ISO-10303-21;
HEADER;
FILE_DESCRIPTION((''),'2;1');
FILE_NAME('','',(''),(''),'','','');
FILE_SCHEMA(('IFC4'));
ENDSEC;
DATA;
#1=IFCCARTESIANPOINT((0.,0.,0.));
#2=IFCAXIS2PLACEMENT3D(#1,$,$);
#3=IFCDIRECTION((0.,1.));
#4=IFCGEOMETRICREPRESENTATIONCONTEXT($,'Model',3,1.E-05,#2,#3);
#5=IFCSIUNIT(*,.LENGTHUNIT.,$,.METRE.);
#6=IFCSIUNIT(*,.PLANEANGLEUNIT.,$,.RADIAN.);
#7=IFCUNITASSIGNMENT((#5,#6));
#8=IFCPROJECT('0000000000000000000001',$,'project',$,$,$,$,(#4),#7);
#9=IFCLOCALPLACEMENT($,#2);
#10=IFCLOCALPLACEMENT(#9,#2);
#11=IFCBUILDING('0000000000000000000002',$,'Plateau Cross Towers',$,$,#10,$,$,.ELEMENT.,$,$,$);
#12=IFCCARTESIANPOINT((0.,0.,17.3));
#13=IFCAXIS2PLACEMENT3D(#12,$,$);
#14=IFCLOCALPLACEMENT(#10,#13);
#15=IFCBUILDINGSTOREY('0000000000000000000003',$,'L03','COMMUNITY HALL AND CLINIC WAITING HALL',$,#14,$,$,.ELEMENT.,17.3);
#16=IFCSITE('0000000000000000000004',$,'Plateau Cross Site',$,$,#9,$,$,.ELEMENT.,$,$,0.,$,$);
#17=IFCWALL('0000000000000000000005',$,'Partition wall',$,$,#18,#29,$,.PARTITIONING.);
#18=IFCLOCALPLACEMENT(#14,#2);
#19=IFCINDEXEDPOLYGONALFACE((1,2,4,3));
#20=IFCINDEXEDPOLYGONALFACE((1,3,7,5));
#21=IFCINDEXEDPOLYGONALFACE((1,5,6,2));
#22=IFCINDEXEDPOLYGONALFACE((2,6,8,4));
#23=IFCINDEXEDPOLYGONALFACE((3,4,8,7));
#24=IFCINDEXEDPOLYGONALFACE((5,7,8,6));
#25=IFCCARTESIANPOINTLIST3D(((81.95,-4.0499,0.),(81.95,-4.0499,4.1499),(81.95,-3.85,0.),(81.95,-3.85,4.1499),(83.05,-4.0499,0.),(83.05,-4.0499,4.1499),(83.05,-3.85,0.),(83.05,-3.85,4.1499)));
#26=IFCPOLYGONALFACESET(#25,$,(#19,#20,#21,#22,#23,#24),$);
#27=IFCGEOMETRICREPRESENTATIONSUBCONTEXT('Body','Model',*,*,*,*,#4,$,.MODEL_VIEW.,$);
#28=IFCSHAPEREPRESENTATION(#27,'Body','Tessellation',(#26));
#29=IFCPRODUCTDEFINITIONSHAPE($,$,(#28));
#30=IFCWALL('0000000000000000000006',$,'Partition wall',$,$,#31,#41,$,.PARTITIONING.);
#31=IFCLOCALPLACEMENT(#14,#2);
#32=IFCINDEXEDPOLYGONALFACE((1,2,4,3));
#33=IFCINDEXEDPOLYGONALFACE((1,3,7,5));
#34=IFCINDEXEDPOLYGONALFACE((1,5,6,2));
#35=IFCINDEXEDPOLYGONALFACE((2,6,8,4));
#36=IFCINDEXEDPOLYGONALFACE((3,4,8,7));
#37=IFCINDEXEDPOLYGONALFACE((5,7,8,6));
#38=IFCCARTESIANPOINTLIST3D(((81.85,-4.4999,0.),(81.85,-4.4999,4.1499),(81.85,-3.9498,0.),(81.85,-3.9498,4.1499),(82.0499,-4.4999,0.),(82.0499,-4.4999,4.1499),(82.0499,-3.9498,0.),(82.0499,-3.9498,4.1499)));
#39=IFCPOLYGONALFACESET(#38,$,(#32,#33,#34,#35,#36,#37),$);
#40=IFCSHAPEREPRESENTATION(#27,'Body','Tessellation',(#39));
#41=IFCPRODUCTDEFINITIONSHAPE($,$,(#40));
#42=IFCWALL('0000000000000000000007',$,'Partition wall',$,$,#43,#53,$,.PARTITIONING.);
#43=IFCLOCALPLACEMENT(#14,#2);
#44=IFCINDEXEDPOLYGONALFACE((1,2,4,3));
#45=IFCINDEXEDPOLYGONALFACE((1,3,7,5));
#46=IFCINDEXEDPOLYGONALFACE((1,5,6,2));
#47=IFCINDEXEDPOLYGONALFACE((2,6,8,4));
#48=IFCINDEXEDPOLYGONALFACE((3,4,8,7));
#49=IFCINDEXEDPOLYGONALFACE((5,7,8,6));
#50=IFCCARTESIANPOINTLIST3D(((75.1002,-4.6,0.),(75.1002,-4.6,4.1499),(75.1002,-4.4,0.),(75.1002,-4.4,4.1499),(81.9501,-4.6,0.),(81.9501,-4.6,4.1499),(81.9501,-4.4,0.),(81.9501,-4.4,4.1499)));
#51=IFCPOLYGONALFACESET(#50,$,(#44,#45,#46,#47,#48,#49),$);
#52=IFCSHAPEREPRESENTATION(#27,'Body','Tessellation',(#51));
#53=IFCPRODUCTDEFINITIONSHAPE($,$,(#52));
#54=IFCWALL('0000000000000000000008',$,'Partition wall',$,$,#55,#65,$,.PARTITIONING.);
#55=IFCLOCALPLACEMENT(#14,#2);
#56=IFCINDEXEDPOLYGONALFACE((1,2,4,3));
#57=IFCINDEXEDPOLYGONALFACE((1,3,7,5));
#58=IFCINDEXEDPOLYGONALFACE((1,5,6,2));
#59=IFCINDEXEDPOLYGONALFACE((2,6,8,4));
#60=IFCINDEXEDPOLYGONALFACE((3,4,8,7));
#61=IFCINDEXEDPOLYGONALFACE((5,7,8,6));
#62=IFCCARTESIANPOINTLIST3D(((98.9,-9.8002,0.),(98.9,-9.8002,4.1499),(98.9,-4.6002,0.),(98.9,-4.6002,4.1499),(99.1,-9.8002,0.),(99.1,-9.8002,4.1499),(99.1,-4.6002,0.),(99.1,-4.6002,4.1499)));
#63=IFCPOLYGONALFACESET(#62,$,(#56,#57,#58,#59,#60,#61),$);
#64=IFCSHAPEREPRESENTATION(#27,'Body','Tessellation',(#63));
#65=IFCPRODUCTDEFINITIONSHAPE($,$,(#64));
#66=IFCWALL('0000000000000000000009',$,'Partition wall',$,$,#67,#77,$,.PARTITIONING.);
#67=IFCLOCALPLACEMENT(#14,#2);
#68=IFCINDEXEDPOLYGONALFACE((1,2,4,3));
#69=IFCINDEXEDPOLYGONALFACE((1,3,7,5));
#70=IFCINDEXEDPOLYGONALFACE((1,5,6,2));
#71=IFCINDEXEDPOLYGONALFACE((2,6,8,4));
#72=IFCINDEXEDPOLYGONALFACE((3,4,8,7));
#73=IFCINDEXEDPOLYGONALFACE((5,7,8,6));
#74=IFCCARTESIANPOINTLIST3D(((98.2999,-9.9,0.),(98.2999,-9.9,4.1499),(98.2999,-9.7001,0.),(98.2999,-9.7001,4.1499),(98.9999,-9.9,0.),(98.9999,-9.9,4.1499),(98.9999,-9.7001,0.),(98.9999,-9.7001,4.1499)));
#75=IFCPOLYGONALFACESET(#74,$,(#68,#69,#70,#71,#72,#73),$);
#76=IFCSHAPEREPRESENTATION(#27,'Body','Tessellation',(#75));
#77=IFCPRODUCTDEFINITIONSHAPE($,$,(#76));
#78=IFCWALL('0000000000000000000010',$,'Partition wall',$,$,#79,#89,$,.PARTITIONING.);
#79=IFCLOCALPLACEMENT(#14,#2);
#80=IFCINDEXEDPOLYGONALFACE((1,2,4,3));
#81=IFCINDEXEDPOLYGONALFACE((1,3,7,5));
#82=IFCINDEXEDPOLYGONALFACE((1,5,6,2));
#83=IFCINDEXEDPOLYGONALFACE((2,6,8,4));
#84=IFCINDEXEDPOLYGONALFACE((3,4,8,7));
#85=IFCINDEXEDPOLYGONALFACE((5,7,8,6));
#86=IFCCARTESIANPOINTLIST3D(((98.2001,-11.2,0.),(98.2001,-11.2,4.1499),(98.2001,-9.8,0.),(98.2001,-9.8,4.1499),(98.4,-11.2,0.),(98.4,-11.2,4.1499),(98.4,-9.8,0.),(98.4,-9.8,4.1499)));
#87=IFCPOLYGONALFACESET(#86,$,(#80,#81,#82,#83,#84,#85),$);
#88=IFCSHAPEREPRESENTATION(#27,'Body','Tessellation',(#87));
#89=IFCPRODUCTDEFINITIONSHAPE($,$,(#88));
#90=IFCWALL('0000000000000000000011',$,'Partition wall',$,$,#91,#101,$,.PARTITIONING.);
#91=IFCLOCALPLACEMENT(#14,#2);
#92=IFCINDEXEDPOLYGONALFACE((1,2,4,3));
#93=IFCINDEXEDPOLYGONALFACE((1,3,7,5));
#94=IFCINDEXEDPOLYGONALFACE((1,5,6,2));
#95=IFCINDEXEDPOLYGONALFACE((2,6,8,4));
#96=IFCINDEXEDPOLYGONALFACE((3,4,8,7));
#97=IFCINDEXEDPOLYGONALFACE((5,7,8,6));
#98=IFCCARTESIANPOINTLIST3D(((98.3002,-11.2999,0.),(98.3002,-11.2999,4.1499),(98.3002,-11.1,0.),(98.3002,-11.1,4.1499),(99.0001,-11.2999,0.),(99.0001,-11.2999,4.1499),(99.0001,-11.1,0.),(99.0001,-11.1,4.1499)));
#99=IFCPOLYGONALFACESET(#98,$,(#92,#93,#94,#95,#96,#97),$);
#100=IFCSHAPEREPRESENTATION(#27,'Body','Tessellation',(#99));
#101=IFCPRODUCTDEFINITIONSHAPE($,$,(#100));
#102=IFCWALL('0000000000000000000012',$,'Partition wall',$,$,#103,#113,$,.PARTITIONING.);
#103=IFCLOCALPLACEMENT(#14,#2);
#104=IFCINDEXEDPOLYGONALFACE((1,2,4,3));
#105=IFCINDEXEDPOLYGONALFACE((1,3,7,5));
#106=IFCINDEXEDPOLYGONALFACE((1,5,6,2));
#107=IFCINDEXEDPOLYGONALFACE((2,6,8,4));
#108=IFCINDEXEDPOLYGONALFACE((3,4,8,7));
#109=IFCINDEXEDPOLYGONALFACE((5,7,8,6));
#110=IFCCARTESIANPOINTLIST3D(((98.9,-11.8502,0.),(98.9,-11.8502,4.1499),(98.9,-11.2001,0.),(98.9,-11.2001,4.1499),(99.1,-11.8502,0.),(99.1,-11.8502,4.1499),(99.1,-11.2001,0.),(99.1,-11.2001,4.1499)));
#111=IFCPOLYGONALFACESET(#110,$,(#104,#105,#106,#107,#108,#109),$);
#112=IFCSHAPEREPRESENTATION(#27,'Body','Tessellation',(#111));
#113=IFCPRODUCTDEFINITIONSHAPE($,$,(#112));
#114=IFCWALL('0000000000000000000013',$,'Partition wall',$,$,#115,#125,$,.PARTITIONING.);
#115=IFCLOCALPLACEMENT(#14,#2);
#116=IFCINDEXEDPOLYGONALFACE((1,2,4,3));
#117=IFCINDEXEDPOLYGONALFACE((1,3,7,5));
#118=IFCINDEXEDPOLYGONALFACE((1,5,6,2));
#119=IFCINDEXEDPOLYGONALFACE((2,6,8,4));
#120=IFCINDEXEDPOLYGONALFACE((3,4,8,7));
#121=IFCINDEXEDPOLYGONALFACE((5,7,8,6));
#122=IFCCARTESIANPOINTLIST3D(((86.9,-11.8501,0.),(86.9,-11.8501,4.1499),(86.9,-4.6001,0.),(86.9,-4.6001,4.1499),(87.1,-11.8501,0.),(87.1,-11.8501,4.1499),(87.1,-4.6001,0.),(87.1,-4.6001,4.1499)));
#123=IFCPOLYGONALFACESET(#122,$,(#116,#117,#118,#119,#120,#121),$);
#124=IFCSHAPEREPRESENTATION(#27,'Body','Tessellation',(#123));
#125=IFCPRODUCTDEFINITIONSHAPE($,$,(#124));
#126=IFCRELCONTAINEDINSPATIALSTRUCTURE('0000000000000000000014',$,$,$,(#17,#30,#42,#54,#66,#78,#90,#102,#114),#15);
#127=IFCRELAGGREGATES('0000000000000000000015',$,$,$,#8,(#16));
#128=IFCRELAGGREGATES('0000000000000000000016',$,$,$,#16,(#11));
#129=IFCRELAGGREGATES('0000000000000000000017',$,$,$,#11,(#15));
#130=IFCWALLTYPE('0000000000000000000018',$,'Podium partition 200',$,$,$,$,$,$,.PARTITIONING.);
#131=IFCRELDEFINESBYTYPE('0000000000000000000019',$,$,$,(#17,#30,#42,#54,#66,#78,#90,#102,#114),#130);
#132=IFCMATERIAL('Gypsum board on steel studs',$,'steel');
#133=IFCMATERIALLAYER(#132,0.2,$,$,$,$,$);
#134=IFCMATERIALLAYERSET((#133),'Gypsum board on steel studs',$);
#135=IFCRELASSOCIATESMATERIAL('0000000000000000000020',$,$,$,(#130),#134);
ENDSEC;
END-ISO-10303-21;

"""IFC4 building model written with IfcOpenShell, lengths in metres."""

from ifc_helpers import new_model, si_unit, direction, frame, frame_2d, origin, place, context, subcontext, project, spatial, rectangle, extrude, material, layer, layer_set, type_object, element, save


model = new_model("IFC4")

# Units and contexts
model_context = context("Model", 3, precision=1e-05, world=origin(), true_north=direction((0.0, 1.0)))
body_context = subcontext(model_context, "Body", "Model", "MODEL_VIEW")
ifc_project = project(units=[si_unit("LENGTHUNIT", "METRE"), si_unit("PLANEANGLEUNIT", "RADIAN")], contexts=[model_context])

# Site, building, storey
site_placement = place(None, origin())
site = spatial("IfcSite", under=ifc_project, at=site_placement, Name="Plateau Cross Site", CompositionType="ELEMENT", RefElevation=0.0)
building_placement = place(site_placement, origin())
building = spatial("IfcBuilding", under=site, at=building_placement, Name="Plateau Cross Towers", CompositionType="ELEMENT")
storey_placement = place(building_placement, frame((0.0, 0.0, 17.3)))
storey = spatial("IfcBuildingStorey", under=building, at=storey_placement, Name="L03", Description="COMMUNITY HALL AND CLINIC WAITING HALL", CompositionType="ELEMENT", Elevation=17.3)

# Shared definitions
ifc_material_1 = material(Name="Gypsum board on steel studs", Category="steel")
ifc_layer_1 = layer(ifc_material_1, 0.2)
ifc_layer_set_1 = layer_set([ifc_layer_1], Name="Gypsum board on steel studs")
wall_type_1 = type_object("IfcWallType", Name="Podium partition 200", PredefinedType="PARTITIONING", material=ifc_layer_set_1)

# Walls
wall_1_placement = place(storey_placement, frame((83.05, -3.95, 0.0), z_axis=(0.0, 0.0, 1.0), x_axis=(-1.0, 0.0, 0.0)))
element("IfcWall", 1, at=wall_1_placement, inside=storey, type_object=wall_type_1, Name="Partition wall", PredefinedType="PARTITIONING", context=body_context, shape_type="SweptSolid", body=[
    extrude(rectangle(XDim=1.1001, YDim=0.2, at=frame_2d((0.55, 0.0))), origin(), (0.0, 0.0, 1.0), 4.1499),
])
wall_2_placement = place(storey_placement, frame((81.95, -3.95, 0.0), z_axis=(0.0, 0.0, 1.0), x_axis=(0.0, -1.0, 0.0)))
element("IfcWall", 2, at=wall_2_placement, inside=storey, type_object=wall_type_1, Name="Partition wall", PredefinedType="PARTITIONING", context=body_context, shape_type="SweptSolid", body=[
    extrude(rectangle(XDim=0.55, YDim=0.2, at=frame_2d((0.2749, 0.0))), origin(), (0.0, 0.0, 1.0), 4.1499),
])
wall_3_placement = place(storey_placement, frame((81.95, -4.5, 0.0), z_axis=(0.0, 0.0, 1.0), x_axis=(-1.0, 0.0, 0.0)))
element("IfcWall", 3, at=wall_3_placement, inside=storey, type_object=wall_type_1, Name="Partition wall", PredefinedType="PARTITIONING", context=body_context, shape_type="SweptSolid", body=[
    extrude(rectangle(XDim=6.8499, YDim=0.2, at=frame_2d((3.4248, 0.0))), origin(), (0.0, 0.0, 1.0), 4.1499),
])
wall_4_placement = place(storey_placement, frame((99.0, -4.6001, 0.0), z_axis=(0.0, 0.0, 1.0), x_axis=(0.0, -1.0, 0.0)))
element("IfcWall", 4, at=wall_4_placement, inside=storey, type_object=wall_type_1, Name="Partition wall", PredefinedType="PARTITIONING", context=body_context, shape_type="SweptSolid", body=[
    extrude(rectangle(XDim=5.2, YDim=0.2, at=frame_2d((2.6001, 0.0))), origin(), (0.0, 0.0, 1.0), 4.1499),
])
wall_5_placement = place(storey_placement, frame((99.0, -9.8, 0.0), z_axis=(0.0, 0.0, 1.0), x_axis=(-1.0, 0.0, 0.0)))
element("IfcWall", 5, at=wall_5_placement, inside=storey, type_object=wall_type_1, Name="Partition wall", PredefinedType="PARTITIONING", context=body_context, shape_type="SweptSolid", body=[
    extrude(rectangle(XDim=0.7, YDim=0.2, at=frame_2d((0.3501, 0.0))), origin(), (0.0, 0.0, 1.0), 4.1499),
])
wall_6_placement = place(storey_placement, frame((98.3, -9.8, 0.0), z_axis=(0.0, 0.0, 1.0), x_axis=(0.0, -1.0, 0.0)))
element("IfcWall", 6, at=wall_6_placement, inside=storey, type_object=wall_type_1, Name="Partition wall", PredefinedType="PARTITIONING", context=body_context, shape_type="SweptSolid", body=[
    extrude(rectangle(XDim=1.3999, YDim=0.2, at=frame_2d((0.7, 0.0))), origin(), (0.0, 0.0, 1.0), 4.1499),
])
wall_7_placement = place(storey_placement, frame((98.3, -11.2, 0.0), z_axis=(0.0, 0.0, 1.0), x_axis=(1.0, 0.0, 0.0)))
element("IfcWall", 7, at=wall_7_placement, inside=storey, type_object=wall_type_1, Name="Partition wall", PredefinedType="PARTITIONING", context=body_context, shape_type="SweptSolid", body=[
    extrude(rectangle(XDim=0.7, YDim=0.2, at=frame_2d((0.3501, 0.0))), origin(), (0.0, 0.0, 1.0), 4.1499),
])
wall_8_placement = place(storey_placement, frame((99.0, -11.2, 0.0), z_axis=(0.0, 0.0, 1.0), x_axis=(0.0, -1.0, 0.0)))
element("IfcWall", 8, at=wall_8_placement, inside=storey, type_object=wall_type_1, Name="Partition wall", PredefinedType="PARTITIONING", context=body_context, shape_type="SweptSolid", body=[
    extrude(rectangle(XDim=0.6501, YDim=0.2, at=frame_2d((0.3252, 0.0))), origin(), (0.0, 0.0, 1.0), 4.1499),
])
wall_9_placement = place(storey_placement, frame((87.0, -4.6001, 0.0), z_axis=(0.0, 0.0, 1.0), x_axis=(0.0, -1.0, 0.0)))
element("IfcWall", 9, at=wall_9_placement, inside=storey, type_object=wall_type_1, Name="Partition wall", PredefinedType="PARTITIONING", context=body_context, shape_type="SweptSolid", body=[
    extrude(rectangle(XDim=7.25, YDim=0.2, at=frame_2d((3.625, 0.0))), origin(), (0.0, 0.0, 1.0), 4.1499),
])

save(model, "model.ifc")
